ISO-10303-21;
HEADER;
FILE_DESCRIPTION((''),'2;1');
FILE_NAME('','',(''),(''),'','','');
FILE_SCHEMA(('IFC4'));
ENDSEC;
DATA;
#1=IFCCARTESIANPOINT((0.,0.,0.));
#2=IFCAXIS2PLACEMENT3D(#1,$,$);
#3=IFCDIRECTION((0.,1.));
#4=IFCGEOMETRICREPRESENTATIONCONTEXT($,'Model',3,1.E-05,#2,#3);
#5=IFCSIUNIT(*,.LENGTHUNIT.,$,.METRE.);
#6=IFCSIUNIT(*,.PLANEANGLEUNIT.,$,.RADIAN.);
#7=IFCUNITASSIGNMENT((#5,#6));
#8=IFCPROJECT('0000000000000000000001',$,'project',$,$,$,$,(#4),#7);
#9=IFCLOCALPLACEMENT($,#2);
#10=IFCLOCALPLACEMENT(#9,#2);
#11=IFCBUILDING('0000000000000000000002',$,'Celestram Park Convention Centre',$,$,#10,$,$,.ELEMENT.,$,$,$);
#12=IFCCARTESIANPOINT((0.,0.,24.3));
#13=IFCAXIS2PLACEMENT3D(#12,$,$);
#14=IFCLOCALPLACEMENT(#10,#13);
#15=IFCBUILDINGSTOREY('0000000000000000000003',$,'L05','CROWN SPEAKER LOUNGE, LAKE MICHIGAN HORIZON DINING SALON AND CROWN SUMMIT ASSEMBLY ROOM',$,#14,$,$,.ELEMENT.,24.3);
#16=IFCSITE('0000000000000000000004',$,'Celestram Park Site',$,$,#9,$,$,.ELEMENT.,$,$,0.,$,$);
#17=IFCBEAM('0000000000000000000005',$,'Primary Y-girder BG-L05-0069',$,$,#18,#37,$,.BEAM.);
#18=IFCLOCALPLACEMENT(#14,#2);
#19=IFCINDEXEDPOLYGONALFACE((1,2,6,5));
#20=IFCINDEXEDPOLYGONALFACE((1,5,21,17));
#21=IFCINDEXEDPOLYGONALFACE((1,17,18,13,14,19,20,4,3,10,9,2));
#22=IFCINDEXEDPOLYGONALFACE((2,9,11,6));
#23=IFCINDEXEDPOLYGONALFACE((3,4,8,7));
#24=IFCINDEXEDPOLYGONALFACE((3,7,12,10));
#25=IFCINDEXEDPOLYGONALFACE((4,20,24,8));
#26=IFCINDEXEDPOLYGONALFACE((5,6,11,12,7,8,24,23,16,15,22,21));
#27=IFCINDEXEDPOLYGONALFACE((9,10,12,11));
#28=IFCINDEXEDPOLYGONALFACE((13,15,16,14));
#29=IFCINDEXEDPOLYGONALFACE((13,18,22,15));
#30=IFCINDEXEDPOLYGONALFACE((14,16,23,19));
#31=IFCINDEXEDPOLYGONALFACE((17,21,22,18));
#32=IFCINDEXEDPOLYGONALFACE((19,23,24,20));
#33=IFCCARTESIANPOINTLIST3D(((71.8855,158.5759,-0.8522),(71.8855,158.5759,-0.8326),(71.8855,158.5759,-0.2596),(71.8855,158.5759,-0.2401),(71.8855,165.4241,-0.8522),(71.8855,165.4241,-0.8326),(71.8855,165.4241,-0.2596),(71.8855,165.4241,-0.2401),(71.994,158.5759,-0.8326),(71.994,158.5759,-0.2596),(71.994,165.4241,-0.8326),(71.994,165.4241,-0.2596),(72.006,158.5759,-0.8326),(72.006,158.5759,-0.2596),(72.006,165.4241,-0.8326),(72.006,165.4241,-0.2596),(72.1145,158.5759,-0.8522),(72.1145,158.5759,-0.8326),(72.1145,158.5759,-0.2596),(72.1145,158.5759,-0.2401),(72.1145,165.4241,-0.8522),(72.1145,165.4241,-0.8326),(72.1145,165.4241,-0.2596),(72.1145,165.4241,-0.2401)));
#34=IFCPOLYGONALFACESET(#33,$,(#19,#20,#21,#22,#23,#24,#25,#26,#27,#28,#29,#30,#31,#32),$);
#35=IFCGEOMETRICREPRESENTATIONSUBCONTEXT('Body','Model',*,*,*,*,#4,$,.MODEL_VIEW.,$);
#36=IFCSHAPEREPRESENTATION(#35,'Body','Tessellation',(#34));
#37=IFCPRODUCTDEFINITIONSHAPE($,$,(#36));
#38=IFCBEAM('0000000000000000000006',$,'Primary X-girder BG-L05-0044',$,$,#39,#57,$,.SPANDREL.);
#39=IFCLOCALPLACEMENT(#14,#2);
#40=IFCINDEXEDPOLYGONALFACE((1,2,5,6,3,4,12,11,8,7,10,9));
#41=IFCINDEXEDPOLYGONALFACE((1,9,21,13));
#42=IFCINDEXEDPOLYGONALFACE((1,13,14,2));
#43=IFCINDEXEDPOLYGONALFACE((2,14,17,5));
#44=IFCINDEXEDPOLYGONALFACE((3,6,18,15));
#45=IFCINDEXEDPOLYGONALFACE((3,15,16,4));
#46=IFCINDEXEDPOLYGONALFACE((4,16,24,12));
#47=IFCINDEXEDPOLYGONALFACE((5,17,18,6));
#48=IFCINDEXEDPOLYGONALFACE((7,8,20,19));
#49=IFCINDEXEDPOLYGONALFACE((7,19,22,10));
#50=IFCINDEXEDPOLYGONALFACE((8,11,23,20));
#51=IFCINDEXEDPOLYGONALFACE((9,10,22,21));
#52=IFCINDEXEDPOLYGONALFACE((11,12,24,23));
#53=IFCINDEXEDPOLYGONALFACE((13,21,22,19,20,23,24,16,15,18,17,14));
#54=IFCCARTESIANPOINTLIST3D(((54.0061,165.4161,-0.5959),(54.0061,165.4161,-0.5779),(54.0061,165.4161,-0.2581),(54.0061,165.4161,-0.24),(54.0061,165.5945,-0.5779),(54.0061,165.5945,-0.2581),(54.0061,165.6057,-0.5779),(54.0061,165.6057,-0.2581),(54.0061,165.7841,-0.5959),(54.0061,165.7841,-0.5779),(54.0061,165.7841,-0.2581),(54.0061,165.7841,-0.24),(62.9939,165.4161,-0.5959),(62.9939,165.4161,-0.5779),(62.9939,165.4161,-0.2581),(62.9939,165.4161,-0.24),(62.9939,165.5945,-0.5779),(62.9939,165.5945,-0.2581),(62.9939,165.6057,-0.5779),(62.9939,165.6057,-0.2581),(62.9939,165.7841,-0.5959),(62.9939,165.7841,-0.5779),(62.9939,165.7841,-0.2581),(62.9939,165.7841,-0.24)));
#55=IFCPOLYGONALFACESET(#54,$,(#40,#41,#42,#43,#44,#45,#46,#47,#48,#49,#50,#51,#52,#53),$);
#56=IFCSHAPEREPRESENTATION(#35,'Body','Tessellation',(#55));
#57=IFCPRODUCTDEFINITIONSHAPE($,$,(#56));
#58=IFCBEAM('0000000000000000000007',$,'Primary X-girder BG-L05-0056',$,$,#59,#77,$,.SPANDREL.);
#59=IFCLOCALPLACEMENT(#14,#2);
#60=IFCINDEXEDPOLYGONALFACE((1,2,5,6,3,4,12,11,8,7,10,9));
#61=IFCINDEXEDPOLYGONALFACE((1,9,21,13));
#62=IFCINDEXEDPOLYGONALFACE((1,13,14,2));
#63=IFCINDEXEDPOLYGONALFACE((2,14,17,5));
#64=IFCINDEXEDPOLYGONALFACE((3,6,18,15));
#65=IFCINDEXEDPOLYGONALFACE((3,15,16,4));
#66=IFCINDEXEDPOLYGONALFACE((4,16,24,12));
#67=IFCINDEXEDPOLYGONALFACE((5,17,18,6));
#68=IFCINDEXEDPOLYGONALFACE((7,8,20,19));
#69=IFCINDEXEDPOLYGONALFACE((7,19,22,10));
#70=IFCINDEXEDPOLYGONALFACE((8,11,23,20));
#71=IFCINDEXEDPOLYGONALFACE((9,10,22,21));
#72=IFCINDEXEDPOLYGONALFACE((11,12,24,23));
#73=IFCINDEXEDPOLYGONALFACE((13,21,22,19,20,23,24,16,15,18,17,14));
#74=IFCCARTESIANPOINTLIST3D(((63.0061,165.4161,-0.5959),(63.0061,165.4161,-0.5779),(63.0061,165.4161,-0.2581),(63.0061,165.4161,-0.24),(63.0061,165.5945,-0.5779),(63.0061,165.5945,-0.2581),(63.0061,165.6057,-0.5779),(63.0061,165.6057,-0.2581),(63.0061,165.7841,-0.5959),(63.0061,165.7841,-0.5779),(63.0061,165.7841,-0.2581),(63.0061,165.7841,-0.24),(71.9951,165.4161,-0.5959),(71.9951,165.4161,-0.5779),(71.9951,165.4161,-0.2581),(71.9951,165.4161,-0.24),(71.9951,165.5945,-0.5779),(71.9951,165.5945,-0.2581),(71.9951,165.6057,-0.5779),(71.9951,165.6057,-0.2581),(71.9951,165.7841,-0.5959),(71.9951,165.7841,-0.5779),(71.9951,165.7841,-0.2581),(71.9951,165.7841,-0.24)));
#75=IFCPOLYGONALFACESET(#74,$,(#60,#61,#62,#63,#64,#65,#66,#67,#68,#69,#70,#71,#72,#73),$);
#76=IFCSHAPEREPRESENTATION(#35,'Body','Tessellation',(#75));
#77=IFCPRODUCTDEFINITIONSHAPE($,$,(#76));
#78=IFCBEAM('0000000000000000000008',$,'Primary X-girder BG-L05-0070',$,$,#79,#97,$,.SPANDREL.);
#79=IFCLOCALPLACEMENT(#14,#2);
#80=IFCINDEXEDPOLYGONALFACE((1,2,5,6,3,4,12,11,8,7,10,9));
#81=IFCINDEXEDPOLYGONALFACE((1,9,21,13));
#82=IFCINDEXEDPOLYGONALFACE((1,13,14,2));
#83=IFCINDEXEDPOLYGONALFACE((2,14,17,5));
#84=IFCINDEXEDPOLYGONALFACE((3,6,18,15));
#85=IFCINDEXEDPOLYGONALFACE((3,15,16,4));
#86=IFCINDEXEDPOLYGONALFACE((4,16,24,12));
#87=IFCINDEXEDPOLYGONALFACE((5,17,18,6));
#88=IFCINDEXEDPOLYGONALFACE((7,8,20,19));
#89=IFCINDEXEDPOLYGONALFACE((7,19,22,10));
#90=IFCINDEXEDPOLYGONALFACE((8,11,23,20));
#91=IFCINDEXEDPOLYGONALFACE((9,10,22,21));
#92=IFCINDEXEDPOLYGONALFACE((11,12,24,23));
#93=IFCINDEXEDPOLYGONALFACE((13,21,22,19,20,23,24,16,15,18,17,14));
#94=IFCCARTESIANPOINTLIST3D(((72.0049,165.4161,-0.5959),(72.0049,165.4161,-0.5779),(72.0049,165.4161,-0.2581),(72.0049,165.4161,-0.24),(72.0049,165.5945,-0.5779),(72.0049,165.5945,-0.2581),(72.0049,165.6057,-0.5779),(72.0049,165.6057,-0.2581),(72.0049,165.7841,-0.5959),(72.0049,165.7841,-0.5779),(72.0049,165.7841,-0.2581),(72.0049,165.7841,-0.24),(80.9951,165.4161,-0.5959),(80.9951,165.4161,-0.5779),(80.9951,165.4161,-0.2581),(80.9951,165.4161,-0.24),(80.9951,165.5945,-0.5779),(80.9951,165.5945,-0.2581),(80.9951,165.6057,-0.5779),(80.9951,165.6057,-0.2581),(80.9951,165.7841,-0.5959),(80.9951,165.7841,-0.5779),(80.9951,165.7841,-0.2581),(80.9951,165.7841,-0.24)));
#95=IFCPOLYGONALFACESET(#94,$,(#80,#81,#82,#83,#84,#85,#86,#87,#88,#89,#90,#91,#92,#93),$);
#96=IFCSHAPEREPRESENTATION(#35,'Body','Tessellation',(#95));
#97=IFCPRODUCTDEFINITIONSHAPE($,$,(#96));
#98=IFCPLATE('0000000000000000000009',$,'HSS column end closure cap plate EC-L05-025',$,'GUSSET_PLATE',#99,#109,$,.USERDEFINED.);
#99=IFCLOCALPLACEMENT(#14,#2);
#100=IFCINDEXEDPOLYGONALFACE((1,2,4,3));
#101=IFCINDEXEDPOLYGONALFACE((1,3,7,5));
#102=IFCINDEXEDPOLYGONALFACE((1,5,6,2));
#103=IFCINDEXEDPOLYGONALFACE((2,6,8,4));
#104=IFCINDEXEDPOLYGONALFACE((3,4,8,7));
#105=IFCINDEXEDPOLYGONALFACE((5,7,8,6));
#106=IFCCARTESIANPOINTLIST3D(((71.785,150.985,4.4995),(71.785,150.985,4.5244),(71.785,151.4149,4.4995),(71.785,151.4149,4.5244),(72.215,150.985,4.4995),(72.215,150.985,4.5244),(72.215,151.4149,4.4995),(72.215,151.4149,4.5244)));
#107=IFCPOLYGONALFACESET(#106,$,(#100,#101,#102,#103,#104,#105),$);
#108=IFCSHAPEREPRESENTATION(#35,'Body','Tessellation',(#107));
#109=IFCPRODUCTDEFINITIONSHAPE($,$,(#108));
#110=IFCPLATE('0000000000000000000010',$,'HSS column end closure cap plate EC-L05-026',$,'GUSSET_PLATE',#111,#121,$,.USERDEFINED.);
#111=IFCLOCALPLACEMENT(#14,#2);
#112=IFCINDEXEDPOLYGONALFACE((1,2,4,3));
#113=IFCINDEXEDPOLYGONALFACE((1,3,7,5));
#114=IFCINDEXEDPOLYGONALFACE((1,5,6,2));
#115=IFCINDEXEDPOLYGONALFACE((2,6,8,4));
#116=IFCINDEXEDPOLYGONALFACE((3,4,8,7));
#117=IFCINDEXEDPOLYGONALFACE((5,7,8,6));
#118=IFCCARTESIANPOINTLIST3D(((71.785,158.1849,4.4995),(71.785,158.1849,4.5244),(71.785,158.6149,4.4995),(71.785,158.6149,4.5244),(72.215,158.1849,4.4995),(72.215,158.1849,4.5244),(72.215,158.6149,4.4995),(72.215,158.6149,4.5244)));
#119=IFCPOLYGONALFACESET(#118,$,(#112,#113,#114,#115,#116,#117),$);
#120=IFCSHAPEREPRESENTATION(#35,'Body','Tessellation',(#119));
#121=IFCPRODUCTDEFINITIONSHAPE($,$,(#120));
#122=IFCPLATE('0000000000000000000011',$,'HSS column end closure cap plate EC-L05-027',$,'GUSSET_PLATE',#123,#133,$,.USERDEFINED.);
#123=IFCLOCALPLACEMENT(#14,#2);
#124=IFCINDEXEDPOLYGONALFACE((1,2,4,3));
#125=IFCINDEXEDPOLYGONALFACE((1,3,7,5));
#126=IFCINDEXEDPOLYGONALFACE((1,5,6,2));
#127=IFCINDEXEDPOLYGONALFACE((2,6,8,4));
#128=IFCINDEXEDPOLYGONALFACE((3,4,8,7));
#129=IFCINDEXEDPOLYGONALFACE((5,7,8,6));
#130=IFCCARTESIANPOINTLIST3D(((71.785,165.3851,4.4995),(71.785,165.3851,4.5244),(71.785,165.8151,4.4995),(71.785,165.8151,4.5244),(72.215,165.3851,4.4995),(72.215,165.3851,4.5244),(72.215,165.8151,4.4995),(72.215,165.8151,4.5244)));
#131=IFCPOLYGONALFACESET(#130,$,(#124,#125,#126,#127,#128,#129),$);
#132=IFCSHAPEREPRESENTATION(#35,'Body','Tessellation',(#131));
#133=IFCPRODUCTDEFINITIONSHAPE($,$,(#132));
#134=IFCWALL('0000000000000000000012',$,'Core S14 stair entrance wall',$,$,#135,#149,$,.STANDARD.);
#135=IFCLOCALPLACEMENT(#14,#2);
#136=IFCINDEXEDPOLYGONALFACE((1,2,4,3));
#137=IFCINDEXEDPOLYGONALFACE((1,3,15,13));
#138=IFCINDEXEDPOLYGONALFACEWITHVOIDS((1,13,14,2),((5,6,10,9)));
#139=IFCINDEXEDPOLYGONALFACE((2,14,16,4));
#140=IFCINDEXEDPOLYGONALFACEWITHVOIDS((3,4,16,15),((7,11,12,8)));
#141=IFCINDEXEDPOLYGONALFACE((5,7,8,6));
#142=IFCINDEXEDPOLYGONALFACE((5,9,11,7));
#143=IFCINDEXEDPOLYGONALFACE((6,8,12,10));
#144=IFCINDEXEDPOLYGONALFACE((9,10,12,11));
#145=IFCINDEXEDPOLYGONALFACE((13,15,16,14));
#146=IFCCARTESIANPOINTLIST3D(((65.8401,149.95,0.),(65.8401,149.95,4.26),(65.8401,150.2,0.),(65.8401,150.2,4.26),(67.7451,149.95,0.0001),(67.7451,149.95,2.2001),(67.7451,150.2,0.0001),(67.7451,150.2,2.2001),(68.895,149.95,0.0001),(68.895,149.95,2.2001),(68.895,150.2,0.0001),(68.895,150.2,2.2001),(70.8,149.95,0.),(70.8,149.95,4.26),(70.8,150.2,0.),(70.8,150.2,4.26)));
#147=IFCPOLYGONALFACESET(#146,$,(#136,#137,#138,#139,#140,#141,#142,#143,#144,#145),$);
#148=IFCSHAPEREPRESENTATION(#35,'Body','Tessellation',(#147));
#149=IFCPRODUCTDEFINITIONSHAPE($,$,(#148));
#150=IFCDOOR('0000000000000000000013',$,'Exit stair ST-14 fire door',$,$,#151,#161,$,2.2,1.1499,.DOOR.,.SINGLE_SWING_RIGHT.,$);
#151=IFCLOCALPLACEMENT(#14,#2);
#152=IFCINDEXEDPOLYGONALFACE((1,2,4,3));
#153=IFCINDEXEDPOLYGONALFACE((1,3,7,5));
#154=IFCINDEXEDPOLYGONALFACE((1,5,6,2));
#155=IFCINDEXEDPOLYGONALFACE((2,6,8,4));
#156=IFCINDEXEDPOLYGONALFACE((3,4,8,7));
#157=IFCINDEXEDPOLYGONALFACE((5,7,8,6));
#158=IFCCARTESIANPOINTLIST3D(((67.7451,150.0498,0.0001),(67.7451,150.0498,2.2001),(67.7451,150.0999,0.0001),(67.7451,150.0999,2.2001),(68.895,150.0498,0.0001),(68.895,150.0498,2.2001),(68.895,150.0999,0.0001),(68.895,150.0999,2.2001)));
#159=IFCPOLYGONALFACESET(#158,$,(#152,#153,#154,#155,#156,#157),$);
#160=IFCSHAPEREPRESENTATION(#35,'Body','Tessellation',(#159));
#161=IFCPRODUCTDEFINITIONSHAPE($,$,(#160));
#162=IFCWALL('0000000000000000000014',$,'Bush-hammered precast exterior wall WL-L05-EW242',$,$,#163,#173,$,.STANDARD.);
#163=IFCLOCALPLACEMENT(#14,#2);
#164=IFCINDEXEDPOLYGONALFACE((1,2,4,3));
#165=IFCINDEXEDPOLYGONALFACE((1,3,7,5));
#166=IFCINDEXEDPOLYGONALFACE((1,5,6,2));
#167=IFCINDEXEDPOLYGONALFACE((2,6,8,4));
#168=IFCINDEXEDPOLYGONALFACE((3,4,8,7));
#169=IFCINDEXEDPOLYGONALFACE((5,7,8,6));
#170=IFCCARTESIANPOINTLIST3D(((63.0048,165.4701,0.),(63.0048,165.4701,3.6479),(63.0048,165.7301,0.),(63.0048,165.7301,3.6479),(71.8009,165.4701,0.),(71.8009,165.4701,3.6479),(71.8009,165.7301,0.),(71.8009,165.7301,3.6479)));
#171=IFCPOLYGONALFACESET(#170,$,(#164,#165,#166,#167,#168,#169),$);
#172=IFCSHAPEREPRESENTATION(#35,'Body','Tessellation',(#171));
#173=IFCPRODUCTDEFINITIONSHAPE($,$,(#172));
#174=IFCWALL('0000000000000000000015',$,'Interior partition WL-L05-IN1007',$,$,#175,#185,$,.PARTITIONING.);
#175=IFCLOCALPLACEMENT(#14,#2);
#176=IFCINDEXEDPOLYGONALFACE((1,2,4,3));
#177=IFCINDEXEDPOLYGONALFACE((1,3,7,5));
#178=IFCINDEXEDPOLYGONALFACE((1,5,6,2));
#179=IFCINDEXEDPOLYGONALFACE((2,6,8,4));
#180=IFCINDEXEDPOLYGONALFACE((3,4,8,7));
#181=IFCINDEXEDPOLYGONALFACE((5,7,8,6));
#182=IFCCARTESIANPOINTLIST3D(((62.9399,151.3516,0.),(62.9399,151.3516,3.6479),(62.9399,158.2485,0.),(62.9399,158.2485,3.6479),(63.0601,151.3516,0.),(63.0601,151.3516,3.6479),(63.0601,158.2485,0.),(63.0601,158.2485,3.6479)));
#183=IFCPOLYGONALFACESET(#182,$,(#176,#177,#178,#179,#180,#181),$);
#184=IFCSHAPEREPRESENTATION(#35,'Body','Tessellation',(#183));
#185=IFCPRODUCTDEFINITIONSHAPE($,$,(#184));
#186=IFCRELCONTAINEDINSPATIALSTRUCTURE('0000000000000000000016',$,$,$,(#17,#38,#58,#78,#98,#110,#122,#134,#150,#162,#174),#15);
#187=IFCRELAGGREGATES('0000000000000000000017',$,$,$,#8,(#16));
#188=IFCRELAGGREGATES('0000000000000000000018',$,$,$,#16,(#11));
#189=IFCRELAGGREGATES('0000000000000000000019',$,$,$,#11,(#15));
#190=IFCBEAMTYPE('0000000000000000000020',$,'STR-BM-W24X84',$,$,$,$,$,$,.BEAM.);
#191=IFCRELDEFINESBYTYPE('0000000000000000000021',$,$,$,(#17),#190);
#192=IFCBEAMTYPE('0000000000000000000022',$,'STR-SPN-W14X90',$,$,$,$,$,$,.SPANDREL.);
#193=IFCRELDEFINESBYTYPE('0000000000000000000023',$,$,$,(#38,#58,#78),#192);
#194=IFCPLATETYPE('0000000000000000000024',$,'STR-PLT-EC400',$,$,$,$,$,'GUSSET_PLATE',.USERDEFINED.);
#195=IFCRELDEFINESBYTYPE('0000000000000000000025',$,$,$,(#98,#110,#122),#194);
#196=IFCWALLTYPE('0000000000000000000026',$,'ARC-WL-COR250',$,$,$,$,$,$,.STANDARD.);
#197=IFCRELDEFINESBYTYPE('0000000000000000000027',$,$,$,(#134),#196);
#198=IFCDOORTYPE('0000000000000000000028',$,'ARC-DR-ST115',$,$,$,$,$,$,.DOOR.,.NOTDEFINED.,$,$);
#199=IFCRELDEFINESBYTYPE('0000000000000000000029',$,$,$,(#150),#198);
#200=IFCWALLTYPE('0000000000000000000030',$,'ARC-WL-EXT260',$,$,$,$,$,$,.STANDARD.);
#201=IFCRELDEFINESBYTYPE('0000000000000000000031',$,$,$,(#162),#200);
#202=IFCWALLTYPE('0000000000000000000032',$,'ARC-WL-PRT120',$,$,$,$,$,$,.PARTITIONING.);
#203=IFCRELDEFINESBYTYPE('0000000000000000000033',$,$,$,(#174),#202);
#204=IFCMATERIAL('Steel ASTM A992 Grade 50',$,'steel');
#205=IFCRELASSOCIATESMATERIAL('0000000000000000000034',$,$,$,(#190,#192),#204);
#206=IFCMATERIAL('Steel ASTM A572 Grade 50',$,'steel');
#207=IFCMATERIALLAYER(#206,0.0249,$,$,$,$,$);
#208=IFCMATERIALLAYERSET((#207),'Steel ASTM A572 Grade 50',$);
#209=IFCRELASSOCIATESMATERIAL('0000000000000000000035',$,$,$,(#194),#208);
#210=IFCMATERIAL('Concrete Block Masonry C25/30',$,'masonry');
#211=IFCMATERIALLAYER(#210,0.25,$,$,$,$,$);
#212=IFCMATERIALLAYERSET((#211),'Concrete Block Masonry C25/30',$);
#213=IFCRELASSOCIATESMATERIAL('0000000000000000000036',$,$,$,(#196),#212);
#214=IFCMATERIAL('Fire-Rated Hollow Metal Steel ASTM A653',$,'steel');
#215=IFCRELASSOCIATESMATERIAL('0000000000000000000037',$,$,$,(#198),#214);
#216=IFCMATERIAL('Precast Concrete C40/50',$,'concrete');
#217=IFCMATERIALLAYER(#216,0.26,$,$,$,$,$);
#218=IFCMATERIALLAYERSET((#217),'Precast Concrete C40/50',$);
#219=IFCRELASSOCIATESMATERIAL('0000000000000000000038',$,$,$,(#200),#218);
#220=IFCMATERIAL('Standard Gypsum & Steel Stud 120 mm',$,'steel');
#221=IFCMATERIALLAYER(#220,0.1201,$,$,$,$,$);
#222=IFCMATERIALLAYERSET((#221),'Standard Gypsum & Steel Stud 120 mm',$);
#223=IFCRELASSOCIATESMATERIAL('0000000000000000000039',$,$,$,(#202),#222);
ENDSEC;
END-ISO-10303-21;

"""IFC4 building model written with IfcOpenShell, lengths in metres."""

from ifc_helpers import new_model, si_unit, direction, frame, frame_2d, origin, origin_2d, place, context, subcontext, project, spatial, rectangle, i_section, extrude, material, layer, layer_set, material_profile, profile_set, type_object, element, fill, save


model = new_model("IFC4")

# Units and contexts
model_context = context("Model", 3, precision=1e-05, world=origin(), true_north=direction((0.0, 1.0)))
body_context = subcontext(model_context, "Body", "Model", "MODEL_VIEW")
ifc_project = project(units=[si_unit("LENGTHUNIT", "METRE"), si_unit("PLANEANGLEUNIT", "RADIAN")], contexts=[model_context])

# Site, building, storey
site_placement = place(None, origin())
site = spatial("IfcSite", under=ifc_project, at=site_placement, Name="Celestram Park Site", CompositionType="ELEMENT", RefElevation=0.0)
building_placement = place(site_placement, origin())
building = spatial("IfcBuilding", under=site, at=building_placement, Name="Celestram Park Convention Centre", CompositionType="ELEMENT")
storey_placement = place(building_placement, frame((0.0, 0.0, 24.3)))
storey = spatial("IfcBuildingStorey", under=building, at=storey_placement, Name="L05", Description="CROWN SPEAKER LOUNGE, LAKE MICHIGAN HORIZON DINING SALON AND CROWN SUMMIT ASSEMBLY ROOM", CompositionType="ELEMENT", Elevation=24.3)

# Shared definitions
ifc_material_1 = material(Name="Steel ASTM A992 Grade 50", Category="steel")

# Beams
ifc_material_profile_1 = material_profile(ifc_material_1, i_section(OverallWidth=0.229, OverallDepth=0.6121, WebThickness=0.012, FlangeThickness=0.0195, at=origin_2d()), Name="W24X84")
ifc_profile_set_1 = profile_set([ifc_material_profile_1], Name="Steel ASTM A992 Grade 50")
beam_type_1 = type_object("IfcBeamType", Name="STR-BM-W24X84", PredefinedType="BEAM", material=ifc_profile_set_1)
beam_1_placement = place(storey_placement, frame((72.0, 158.5759, -0.5461), z_axis=(0.0, 1.0, 0.0), x_axis=(-1.0, 0.0, 0.0)))
element("IfcBeam", 1, at=beam_1_placement, inside=storey, type_object=beam_type_1, Name="Primary Y-girder BG-L05-0069", PredefinedType="BEAM", context=body_context, shape_type="SweptSolid", body=[
    extrude(i_section(OverallWidth=0.229, OverallDepth=0.6121, WebThickness=0.012, FlangeThickness=0.0195, at=origin_2d()), origin(), (0.0, 0.0, 1.0), 6.8481),
])
ifc_material_profile_2 = material_profile(ifc_material_1, i_section(OverallWidth=0.3679, OverallDepth=0.356, WebThickness=0.0112, FlangeThickness=0.0181, at=origin_2d()), Name="W14X90")
ifc_profile_set_2 = profile_set([ifc_material_profile_2], Name="Steel ASTM A992 Grade 50")
beam_type_2 = type_object("IfcBeamType", Name="STR-SPN-W14X90", PredefinedType="SPANDREL", material=ifc_profile_set_2)
beam_2_placement = place(storey_placement, frame((54.0061, 165.6001, -0.418), z_axis=(1.0, 0.0, 0.0), x_axis=(0.0, 1.0, 0.0)))
element("IfcBeam", 2, at=beam_2_placement, inside=storey, type_object=beam_type_2, Name="Primary X-girder BG-L05-0044", PredefinedType="SPANDREL", context=body_context, shape_type="SweptSolid", body=[
    extrude(i_section(OverallWidth=0.3679, OverallDepth=0.356, WebThickness=0.0112, FlangeThickness=0.0181, at=origin_2d()), origin(), (0.0, 0.0, 1.0), 8.9878),
])
beam_3_placement = place(storey_placement, frame((63.0061, 165.6001, -0.418), z_axis=(1.0, 0.0, 0.0), x_axis=(0.0, 1.0, 0.0)))
element("IfcBeam", 3, at=beam_3_placement, inside=storey, type_object=beam_type_2, Name="Primary X-girder BG-L05-0056", PredefinedType="SPANDREL", context=body_context, shape_type="SweptSolid", body=[
    extrude(i_section(OverallWidth=0.3679, OverallDepth=0.356, WebThickness=0.0112, FlangeThickness=0.0181, at=origin_2d()), origin(), (0.0, 0.0, 1.0), 8.989),
])
beam_4_placement = place(storey_placement, frame((72.0049, 165.6001, -0.418), z_axis=(1.0, 0.0, 0.0), x_axis=(0.0, 1.0, 0.0)))
element("IfcBeam", 4, at=beam_4_placement, inside=storey, type_object=beam_type_2, Name="Primary X-girder BG-L05-0070", PredefinedType="SPANDREL", context=body_context, shape_type="SweptSolid", body=[
    extrude(i_section(OverallWidth=0.3679, OverallDepth=0.356, WebThickness=0.0112, FlangeThickness=0.0181, at=origin_2d()), origin(), (0.0, 0.0, 1.0), 8.9902),
])

# Plates
ifc_material_2 = material(Name="Steel ASTM A572 Grade 50", Category="steel")
ifc_layer_1 = layer(ifc_material_2, 0.0249)
ifc_layer_set_1 = layer_set([ifc_layer_1], Name="Steel ASTM A572 Grade 50")
plate_type = type_object("IfcPlateType", Name="STR-PLT-EC400", ElementType="GUSSET_PLATE", PredefinedType="USERDEFINED", material=ifc_layer_set_1)
for number, where, z_axis, x_axis, name in (
    (5, (72.0, 151.2, 4.4995), (0.0, 0.0, 1.0), (1.0, 0.0, 0.0), "HSS column end closure cap plate EC-L05-025"),
    (6, (72.0, 158.3999, 4.4995), (0.0, 0.0, 1.0), (1.0, 0.0, 0.0), "HSS column end closure cap plate EC-L05-026"),
    (7, (72.0, 165.6001, 4.4995), (0.0, 0.0, 1.0), (1.0, 0.0, 0.0), "HSS column end closure cap plate EC-L05-027"),
):
    element("IfcPlate", number, at=place(storey_placement, frame(where, z_axis=z_axis, x_axis=x_axis)), inside=storey, type_object=plate_type, Name=name, ObjectType="GUSSET_PLATE", PredefinedType="USERDEFINED", context=body_context, shape_type="SweptSolid", body=[
        extrude(rectangle(XDim=0.4299, YDim=0.4299, at=origin_2d()), origin(), (0.0, 0.0, 1.0), 0.0249),
    ])

# Wall, opening, door
ifc_material_3 = material(Name="Concrete Block Masonry C25/30", Category="masonry")
ifc_layer_2 = layer(ifc_material_3, 0.25)
ifc_layer_set_2 = layer_set([ifc_layer_2], Name="Concrete Block Masonry C25/30")
wall_type_1 = type_object("IfcWallType", Name="ARC-WL-COR250", PredefinedType="STANDARD", material=ifc_layer_set_2)
wall_1_placement = place(storey_placement, frame((65.8401, 150.075, 0.0), z_axis=(0.0, 0.0, 1.0), x_axis=(1.0, 0.0, 0.0)))
wall_1 = element("IfcWall", 8, at=wall_1_placement, inside=storey, type_object=wall_type_1, Name="Core S14 stair entrance wall", PredefinedType="STANDARD", context=body_context, shape_type="SweptSolid", body=[
    extrude(rectangle(XDim=4.96, YDim=0.25, at=frame_2d((2.48, 0.0))), origin(), (0.0, 0.0, 1.0), 4.26),
])
opening_placement = place(wall_1_placement, frame((1.905, 0.0, 0.0)))
opening = element("IfcOpeningElement", 9, at=opening_placement, cuts=wall_1, PredefinedType="OPENING", context=body_context, shape_type="SweptSolid", body=[
    extrude(rectangle(XDim=1.1499, YDim=2.2, at=frame_2d((0.575, 1.1001))), frame((0.0, 0.135, 0.0), z_axis=(0.0, -1.0, 0.0), x_axis=(1.0, 0.0, 0.0)), (0.0, 0.0, 1.0), 0.27),
])
ifc_material_4 = material(Name="Fire-Rated Hollow Metal Steel ASTM A653", Category="steel")
door_type = type_object("IfcDoorType", Name="ARC-DR-ST115", OperationType="NOTDEFINED", PredefinedType="DOOR", material=ifc_material_4)
door_placement = place(opening_placement, origin())
door = element("IfcDoor", 10, at=door_placement, inside=storey, type_object=door_type, Name="Exit stair ST-14 fire door", OperationType="SINGLE_SWING_RIGHT", OverallHeight=2.2, OverallWidth=1.1499, PredefinedType="DOOR", context=body_context, shape_type="SweptSolid", body=[
    extrude(rectangle(XDim=1.1499, YDim=2.2, at=frame_2d((0.575, 1.1001))), frame((0.0, 0.0249, 0.0), z_axis=(0.0, -1.0, 0.0), x_axis=(1.0, 0.0, 0.0)), (0.0, 0.0, 1.0), 0.05),
])
fill(opening, door)

# Walls
ifc_material_5 = material(Name="Precast Concrete C40/50", Category="concrete")
ifc_layer_3 = layer(ifc_material_5, 0.26)
ifc_layer_set_3 = layer_set([ifc_layer_3], Name="Precast Concrete C40/50")
wall_type_2 = type_object("IfcWallType", Name="ARC-WL-EXT260", PredefinedType="STANDARD", material=ifc_layer_set_3)
wall_2_placement = place(storey_placement, frame((63.0049, 165.6001, 0.0), z_axis=(0.0, 0.0, 1.0), x_axis=(1.0, 0.0, 0.0)))
element("IfcWall", 11, at=wall_2_placement, inside=storey, type_object=wall_type_2, Name="Bush-hammered precast exterior wall WL-L05-EW242", PredefinedType="STANDARD", context=body_context, shape_type="SweptSolid", body=[
    extrude(rectangle(XDim=8.7961, YDim=0.26, at=frame_2d((4.3979, 0.0))), origin(), (0.0, 0.0, 1.0), 3.6479),
])
ifc_material_6 = material(Name="Standard Gypsum & Steel Stud 120 mm", Category="steel")
ifc_layer_4 = layer(ifc_material_6, 0.1201)
ifc_layer_set_4 = layer_set([ifc_layer_4], Name="Standard Gypsum & Steel Stud 120 mm")
wall_type_3 = type_object("IfcWallType", Name="ARC-WL-PRT120", PredefinedType="PARTITIONING", material=ifc_layer_set_4)
for number, where, z_axis, x_axis, name in (
    (12, (63.0, 151.3516, 0.0), (0.0, 0.0, 1.0), (0.0, 1.0, 0.0), "Interior partition WL-L05-IN1007"),
):
    element("IfcWall", number, at=place(storey_placement, frame(where, z_axis=z_axis, x_axis=x_axis)), inside=storey, type_object=wall_type_3, Name=name, PredefinedType="PARTITIONING", context=body_context, shape_type="SweptSolid", body=[
        extrude(rectangle(XDim=6.897, YDim=0.1201, at=frame_2d((3.4485, 0.0))), origin(), (0.0, 0.0, 1.0), 3.6479),
    ])

save(model, "model.ifc")
